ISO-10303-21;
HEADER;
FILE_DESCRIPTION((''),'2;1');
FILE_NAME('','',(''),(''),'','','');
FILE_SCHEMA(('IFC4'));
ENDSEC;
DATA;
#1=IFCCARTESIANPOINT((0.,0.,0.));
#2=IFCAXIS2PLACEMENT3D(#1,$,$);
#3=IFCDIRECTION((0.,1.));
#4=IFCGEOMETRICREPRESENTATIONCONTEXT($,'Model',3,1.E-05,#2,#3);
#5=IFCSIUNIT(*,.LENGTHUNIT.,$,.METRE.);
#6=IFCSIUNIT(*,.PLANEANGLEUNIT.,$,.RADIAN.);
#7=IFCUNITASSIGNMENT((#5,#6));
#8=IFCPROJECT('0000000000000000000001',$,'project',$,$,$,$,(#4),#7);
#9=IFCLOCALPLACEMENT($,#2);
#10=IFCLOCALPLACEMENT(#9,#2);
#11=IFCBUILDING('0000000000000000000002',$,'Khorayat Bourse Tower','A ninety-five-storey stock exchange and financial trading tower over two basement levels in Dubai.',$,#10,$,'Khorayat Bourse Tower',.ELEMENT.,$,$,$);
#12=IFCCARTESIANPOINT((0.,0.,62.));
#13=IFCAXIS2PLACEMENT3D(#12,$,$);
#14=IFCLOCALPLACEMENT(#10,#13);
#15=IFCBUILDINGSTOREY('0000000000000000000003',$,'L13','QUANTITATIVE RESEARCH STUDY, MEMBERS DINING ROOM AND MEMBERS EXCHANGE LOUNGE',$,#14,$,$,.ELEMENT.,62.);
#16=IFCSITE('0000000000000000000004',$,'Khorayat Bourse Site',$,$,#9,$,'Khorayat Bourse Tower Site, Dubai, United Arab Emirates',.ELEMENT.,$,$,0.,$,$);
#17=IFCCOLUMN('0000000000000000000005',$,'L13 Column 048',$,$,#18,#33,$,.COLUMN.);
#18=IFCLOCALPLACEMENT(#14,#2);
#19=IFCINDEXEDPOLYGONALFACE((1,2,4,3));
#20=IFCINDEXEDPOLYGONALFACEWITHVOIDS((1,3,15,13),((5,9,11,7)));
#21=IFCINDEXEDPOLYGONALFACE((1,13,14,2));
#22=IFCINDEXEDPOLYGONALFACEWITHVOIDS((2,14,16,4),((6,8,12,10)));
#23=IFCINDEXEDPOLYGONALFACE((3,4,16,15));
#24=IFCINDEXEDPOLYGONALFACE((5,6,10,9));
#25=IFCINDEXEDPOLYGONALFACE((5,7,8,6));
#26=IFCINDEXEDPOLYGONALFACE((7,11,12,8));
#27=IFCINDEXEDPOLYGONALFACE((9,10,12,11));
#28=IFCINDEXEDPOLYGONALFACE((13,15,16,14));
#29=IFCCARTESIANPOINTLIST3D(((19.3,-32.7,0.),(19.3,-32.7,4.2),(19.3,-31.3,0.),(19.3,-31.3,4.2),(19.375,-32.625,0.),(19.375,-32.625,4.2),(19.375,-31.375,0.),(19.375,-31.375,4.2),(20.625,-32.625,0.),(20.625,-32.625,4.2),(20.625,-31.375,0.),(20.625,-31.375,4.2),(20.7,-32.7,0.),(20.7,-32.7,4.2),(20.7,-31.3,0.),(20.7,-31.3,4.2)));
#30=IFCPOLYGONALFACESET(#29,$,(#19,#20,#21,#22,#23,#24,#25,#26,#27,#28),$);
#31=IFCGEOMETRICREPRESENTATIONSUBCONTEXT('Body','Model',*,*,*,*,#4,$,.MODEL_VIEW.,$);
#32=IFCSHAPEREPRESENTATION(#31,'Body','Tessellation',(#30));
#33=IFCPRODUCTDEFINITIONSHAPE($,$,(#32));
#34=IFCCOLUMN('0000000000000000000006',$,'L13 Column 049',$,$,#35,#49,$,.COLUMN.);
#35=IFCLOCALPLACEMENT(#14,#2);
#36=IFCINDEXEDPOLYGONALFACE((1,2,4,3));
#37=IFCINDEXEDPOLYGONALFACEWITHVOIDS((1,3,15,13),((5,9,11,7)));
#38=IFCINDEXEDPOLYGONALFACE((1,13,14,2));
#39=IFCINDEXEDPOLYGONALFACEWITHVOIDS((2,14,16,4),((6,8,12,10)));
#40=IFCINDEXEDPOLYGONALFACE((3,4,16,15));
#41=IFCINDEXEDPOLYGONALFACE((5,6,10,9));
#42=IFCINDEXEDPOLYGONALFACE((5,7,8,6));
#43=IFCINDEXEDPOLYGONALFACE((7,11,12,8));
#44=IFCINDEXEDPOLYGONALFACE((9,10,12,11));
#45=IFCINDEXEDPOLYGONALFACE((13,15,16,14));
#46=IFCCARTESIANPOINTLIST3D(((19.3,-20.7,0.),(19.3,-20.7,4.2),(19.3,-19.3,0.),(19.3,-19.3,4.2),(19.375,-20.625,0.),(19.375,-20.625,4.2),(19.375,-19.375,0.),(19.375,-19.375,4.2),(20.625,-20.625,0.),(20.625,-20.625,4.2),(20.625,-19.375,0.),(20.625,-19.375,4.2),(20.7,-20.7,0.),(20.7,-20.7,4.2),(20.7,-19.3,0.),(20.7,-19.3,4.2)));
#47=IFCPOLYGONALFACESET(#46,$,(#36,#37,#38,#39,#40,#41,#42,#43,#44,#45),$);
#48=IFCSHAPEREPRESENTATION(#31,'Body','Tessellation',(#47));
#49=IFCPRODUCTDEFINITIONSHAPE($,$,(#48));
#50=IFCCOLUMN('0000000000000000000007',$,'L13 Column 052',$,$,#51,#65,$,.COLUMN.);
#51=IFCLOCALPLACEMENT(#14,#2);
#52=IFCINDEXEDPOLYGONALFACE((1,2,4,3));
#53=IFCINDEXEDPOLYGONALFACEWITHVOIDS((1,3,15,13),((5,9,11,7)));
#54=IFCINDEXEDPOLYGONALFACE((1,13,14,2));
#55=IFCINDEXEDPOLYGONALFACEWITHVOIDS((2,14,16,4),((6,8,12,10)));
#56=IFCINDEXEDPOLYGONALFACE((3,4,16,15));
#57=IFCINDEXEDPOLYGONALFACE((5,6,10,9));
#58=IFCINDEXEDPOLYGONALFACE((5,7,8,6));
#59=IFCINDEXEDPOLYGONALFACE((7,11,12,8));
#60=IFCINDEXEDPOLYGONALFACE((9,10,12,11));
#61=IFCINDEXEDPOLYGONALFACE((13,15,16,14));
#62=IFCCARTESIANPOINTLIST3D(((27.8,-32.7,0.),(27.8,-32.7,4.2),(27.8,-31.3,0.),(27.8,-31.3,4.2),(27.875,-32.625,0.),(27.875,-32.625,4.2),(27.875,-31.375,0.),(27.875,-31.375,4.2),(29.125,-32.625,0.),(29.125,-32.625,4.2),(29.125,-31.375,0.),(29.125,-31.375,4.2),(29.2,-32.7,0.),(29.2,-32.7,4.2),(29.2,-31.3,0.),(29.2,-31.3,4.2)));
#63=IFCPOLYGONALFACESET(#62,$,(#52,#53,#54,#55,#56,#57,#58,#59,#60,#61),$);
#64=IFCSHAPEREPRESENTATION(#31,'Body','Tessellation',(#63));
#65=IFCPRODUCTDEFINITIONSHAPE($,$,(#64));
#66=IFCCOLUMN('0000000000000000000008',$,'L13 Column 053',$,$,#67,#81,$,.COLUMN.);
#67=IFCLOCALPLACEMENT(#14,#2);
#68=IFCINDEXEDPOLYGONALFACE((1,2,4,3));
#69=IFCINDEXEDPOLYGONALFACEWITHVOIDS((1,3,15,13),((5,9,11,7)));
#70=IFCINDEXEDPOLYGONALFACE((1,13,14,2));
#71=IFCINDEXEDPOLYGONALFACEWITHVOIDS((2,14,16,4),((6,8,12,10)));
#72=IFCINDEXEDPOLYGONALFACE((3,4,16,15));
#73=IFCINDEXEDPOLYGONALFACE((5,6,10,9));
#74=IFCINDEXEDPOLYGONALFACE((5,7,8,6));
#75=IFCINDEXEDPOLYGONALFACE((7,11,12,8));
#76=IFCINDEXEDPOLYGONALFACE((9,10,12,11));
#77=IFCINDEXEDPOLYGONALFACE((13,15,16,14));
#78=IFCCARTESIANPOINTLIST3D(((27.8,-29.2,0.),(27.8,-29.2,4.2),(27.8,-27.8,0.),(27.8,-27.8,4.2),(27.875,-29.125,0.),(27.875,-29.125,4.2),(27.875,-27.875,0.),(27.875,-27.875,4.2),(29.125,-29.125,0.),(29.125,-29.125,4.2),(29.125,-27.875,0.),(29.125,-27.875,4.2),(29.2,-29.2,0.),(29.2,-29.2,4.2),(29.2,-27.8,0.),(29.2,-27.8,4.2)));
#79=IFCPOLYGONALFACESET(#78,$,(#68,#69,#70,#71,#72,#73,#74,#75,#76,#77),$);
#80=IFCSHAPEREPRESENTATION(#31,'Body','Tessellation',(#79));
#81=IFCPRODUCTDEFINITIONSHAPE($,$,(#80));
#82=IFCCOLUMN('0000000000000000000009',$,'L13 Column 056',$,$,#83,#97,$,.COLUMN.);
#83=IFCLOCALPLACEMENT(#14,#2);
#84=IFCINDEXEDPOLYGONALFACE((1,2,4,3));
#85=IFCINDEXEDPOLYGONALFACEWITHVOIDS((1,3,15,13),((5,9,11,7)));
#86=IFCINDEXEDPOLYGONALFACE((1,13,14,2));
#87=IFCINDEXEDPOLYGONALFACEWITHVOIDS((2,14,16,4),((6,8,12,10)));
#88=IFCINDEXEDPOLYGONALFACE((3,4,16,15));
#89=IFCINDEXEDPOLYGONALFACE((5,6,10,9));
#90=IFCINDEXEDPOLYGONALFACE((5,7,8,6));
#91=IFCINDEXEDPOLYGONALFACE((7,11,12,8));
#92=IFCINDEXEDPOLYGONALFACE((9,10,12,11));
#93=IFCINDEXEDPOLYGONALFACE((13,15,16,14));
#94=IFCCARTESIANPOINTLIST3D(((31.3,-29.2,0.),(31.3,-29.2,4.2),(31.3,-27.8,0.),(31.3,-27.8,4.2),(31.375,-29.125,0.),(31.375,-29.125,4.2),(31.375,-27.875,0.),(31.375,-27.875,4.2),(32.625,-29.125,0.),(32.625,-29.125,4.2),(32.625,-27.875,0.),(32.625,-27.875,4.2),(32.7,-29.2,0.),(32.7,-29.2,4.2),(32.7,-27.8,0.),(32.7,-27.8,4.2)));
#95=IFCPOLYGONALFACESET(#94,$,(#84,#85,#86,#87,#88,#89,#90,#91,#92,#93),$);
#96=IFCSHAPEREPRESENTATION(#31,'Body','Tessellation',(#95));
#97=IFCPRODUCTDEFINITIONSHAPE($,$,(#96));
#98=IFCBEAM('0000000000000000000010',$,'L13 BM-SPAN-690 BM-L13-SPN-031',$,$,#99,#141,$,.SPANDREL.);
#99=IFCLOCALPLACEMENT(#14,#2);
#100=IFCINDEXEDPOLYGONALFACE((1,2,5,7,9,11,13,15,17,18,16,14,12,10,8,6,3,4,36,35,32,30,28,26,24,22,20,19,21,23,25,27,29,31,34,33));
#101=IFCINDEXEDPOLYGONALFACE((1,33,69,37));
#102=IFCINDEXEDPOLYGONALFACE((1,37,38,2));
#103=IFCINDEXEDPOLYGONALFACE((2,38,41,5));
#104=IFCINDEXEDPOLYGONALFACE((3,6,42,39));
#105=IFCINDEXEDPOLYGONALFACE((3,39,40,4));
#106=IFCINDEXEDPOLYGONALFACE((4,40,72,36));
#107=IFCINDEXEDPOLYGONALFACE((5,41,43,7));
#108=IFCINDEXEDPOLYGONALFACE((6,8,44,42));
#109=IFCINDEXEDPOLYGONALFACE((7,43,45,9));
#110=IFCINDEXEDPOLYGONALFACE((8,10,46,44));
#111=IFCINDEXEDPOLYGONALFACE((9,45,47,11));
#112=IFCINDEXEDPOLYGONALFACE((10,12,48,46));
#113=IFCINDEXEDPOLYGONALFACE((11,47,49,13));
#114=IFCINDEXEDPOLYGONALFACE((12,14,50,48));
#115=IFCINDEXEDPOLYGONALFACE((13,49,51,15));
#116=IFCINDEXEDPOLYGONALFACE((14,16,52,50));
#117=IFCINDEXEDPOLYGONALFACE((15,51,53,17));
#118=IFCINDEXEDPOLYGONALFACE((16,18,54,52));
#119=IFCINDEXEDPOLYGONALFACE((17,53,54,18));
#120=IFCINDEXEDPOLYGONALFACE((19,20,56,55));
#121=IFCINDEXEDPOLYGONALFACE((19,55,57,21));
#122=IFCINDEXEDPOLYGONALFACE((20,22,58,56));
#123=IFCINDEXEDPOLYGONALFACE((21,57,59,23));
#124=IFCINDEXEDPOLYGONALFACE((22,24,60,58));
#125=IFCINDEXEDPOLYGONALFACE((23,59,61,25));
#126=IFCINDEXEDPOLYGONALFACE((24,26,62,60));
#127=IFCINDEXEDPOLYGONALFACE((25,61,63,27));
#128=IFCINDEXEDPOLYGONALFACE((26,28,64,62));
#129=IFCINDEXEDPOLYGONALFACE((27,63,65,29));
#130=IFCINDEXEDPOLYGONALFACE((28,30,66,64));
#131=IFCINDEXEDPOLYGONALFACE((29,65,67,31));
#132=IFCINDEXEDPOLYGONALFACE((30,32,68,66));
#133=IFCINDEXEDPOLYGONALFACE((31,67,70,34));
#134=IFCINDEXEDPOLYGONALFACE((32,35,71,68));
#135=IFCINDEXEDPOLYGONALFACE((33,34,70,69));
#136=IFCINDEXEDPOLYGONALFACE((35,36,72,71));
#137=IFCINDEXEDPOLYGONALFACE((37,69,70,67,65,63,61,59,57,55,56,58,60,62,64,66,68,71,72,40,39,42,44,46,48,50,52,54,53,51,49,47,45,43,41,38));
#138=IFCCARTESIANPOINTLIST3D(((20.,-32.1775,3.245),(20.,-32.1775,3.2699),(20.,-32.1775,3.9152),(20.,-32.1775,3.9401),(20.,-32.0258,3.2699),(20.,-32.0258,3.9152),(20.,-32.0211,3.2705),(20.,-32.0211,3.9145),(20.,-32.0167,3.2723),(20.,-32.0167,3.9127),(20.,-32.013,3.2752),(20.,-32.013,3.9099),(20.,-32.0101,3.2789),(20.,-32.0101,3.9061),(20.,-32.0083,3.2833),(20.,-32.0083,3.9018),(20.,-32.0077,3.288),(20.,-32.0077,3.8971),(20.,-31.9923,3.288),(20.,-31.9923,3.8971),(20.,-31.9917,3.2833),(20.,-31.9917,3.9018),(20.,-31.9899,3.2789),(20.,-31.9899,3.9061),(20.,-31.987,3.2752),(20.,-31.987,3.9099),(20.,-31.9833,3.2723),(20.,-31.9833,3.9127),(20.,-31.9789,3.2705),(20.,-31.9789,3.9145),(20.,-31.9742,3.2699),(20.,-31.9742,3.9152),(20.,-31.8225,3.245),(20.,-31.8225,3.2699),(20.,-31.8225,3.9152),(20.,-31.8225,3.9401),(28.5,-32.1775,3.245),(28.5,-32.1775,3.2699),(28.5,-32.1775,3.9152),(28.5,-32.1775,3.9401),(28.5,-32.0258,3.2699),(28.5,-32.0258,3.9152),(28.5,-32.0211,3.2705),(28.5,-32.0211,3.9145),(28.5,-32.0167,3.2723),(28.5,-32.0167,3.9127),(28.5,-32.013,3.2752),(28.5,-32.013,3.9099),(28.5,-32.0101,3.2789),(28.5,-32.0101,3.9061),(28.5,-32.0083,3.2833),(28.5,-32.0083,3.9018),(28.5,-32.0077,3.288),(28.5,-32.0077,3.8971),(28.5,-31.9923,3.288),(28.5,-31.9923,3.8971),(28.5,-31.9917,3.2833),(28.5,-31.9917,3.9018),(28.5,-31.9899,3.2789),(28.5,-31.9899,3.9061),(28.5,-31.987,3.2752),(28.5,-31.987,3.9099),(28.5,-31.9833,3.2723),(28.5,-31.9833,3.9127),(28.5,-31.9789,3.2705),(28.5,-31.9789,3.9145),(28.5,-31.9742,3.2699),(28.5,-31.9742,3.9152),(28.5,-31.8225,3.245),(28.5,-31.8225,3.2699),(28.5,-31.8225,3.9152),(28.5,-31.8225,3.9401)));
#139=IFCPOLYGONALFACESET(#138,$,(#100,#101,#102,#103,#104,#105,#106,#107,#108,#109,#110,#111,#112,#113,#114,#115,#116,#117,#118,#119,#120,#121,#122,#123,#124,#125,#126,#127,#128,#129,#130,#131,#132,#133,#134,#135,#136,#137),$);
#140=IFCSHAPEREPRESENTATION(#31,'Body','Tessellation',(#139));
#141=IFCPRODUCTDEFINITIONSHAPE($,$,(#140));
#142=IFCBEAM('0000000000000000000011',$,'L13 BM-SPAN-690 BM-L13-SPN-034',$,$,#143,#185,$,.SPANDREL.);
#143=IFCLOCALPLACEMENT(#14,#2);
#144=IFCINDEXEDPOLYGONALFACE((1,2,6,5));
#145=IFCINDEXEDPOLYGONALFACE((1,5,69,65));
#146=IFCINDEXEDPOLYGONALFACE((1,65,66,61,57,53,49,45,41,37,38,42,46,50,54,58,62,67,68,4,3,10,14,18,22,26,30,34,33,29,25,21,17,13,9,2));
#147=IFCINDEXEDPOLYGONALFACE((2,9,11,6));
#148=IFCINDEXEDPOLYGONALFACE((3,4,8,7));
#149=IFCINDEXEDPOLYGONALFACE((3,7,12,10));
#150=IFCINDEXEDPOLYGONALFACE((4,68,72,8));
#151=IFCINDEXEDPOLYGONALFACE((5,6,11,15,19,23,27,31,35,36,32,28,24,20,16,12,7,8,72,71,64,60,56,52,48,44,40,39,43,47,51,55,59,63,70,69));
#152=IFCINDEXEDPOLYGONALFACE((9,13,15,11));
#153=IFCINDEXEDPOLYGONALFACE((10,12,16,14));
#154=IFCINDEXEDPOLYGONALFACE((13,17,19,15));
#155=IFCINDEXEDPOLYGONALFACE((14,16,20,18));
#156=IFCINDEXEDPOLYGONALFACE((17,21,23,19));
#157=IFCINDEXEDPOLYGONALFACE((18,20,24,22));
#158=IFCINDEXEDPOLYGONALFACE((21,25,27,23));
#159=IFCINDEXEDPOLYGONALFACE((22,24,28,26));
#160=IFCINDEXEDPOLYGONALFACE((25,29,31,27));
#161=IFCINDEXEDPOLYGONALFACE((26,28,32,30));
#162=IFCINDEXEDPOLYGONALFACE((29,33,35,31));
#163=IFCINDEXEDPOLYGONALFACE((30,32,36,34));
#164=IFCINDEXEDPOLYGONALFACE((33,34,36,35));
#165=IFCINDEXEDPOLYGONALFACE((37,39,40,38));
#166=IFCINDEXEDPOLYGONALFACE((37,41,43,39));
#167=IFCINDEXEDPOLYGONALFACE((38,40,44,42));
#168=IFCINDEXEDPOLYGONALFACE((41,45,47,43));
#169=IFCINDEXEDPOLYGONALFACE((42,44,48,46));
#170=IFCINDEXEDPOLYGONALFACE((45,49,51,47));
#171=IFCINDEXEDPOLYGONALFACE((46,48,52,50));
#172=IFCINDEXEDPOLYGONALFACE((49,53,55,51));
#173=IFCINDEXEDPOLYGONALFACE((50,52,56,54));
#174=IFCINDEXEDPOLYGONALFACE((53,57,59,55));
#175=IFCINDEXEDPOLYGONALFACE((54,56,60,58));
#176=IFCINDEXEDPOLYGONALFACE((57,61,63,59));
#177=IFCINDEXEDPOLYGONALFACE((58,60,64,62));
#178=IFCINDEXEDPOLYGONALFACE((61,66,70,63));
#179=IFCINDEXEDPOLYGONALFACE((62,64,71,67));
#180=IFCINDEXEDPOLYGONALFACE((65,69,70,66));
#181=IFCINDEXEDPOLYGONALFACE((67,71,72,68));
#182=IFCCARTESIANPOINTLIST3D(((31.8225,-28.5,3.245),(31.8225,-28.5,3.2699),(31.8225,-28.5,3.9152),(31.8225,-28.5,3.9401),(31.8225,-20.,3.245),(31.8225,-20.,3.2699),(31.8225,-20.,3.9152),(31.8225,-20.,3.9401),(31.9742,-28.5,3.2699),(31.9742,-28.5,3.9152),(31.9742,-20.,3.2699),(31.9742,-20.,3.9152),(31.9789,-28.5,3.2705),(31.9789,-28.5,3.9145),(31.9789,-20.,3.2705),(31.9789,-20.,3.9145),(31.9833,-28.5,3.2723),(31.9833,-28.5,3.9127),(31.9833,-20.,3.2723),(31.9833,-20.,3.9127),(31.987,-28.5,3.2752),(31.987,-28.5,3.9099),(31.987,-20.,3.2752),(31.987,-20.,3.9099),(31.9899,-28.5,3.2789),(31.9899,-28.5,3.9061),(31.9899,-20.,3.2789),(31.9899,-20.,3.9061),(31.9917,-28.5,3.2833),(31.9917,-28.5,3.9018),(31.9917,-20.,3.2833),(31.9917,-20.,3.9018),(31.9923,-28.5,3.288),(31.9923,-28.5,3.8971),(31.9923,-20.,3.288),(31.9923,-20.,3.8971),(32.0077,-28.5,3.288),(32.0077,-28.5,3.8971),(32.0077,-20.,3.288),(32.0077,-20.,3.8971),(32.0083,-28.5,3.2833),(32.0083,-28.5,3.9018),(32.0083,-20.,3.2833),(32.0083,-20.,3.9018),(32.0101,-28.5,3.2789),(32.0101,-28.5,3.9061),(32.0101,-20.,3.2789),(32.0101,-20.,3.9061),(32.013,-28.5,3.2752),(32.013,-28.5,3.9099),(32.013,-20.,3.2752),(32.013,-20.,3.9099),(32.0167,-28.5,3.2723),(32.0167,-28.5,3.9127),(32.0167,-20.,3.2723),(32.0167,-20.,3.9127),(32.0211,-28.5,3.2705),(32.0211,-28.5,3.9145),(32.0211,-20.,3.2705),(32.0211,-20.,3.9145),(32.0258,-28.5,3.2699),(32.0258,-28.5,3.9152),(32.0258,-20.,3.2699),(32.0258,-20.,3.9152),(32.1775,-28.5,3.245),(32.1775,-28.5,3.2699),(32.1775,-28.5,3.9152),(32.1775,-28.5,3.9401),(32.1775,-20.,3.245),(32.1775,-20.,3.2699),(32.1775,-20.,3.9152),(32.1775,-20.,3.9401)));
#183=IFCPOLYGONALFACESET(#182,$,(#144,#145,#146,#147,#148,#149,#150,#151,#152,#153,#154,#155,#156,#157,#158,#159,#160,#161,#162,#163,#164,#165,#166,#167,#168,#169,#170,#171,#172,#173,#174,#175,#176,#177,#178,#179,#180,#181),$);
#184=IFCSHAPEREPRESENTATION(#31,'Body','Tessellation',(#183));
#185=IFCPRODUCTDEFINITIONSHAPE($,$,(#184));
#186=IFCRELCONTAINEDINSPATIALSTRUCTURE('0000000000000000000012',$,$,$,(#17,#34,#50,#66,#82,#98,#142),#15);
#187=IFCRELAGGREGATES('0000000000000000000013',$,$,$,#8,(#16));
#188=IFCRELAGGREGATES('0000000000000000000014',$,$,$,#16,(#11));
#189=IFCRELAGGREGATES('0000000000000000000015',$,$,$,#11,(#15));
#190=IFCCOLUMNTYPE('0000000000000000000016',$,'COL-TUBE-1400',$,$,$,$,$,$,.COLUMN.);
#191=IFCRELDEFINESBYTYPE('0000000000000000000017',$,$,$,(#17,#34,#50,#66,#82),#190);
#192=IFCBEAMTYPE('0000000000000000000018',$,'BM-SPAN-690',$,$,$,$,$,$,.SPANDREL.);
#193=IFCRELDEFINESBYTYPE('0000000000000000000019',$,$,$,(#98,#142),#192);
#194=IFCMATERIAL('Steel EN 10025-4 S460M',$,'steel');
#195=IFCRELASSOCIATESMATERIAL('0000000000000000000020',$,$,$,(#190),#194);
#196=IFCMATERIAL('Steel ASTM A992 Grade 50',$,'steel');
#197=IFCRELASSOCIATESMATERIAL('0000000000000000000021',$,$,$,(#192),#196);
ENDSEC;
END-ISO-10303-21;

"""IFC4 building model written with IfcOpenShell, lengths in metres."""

from ifc_helpers import new_model, si_unit, direction, frame, origin, origin_2d, place, context, subcontext, project, spatial, hollow_rectangle, i_section, extrude, source, transform, mapped, material, material_profile, profile_set, type_object, element, save


model = new_model("IFC4")

# Units and contexts
model_context = context("Model", 3, precision=1e-05, world=origin(), true_north=direction((0.0, 1.0)))
body_context = subcontext(model_context, "Body", "Model", "MODEL_VIEW")
ifc_project = project(units=[si_unit("LENGTHUNIT", "METRE"), si_unit("PLANEANGLEUNIT", "RADIAN")], contexts=[model_context])

# Site, building, storey
site_placement = place(None, origin())
site = spatial("IfcSite", under=ifc_project, at=site_placement, Name="Khorayat Bourse Site", LongName="Khorayat Bourse Tower Site, Dubai, United Arab Emirates", CompositionType="ELEMENT", RefElevation=0.0)
building_placement = place(site_placement, origin())
building = spatial("IfcBuilding", under=site, at=building_placement, Name="Khorayat Bourse Tower", Description="A ninety-five-storey stock exchange and financial trading tower over two basement levels in Dubai.", LongName="Khorayat Bourse Tower", CompositionType="ELEMENT")
storey_placement = place(building_placement, frame((0.0, 0.0, 62.0)))
storey = spatial("IfcBuildingStorey", under=building, at=storey_placement, Name="L13", Description="QUANTITATIVE RESEARCH STUDY, MEMBERS DINING ROOM AND MEMBERS EXCHANGE LOUNGE", CompositionType="ELEMENT", Elevation=62.0)

# Columns
ifc_material_1 = material(Name="Steel EN 10025-4 S460M", Category="steel")
ifc_material_profile_1 = material_profile(ifc_material_1, hollow_rectangle(XDim=1.3999, YDim=1.3999, WallThickness=0.075, at=origin_2d()), Name="BOX 1400x1400x75")
ifc_profile_set_1 = profile_set([ifc_material_profile_1], Name="Steel EN 10025-4 S460M")
column_type = type_object("IfcColumnType", Name="COL-TUBE-1400", PredefinedType="COLUMN", material=ifc_profile_set_1)
shared_shape_1 = source(origin(), body_context, "Body", "SweptSolid", [
    extrude(hollow_rectangle(XDim=1.3999, YDim=1.3999, WallThickness=0.075, at=origin_2d()), origin(), (0.0, 0.0, 1.0), 4.2),
])
for number, where, z_axis, x_axis, name in (
    (1, (20.0, -32.0, 0.0), (0.0, 0.0, 1.0), (1.0, 0.0, 0.0), "L13 Column 048"),
    (2, (20.0, -20.0, 0.0), (0.0, 0.0, 1.0), (1.0, 0.0, 0.0), "L13 Column 049"),
    (3, (28.5, -32.0, 0.0), (0.0, 0.0, 1.0), (1.0, 0.0, 0.0), "L13 Column 052"),
    (4, (28.5, -28.5, 0.0), (0.0, 0.0, 1.0), (1.0, 0.0, 0.0), "L13 Column 053"),
    (5, (32.0, -28.5, 0.0), (0.0, 0.0, 1.0), (1.0, 0.0, 0.0), "L13 Column 056"),
):
    element("IfcColumn", number, at=place(storey_placement, frame(where, z_axis=z_axis, x_axis=x_axis)), inside=storey, type_object=column_type, Name=name, PredefinedType="COLUMN", context=body_context, shape_type="MappedRepresentation", body=[
        mapped(shared_shape_1, transform((0.0, 0.0, 0.0), scale=1.0)),
    ])

# Beams
ifc_material_2 = material(Name="Steel ASTM A992 Grade 50", Category="steel")
ifc_material_profile_2 = material_profile(ifc_material_2, i_section(OverallWidth=0.355, OverallDepth=0.6951, WebThickness=0.0154, FlangeThickness=0.0249, FilletRadius=0.0181, at=origin_2d()), Name="W690X217")
ifc_profile_set_2 = profile_set([ifc_material_profile_2], Name="Steel ASTM A992 Grade 50")
beam_type_1 = type_object("IfcBeamType", Name="BM-SPAN-690", PredefinedType="SPANDREL", material=ifc_profile_set_2)
shared_shape_2 = source(origin(), body_context, "Body", "SweptSolid", [
    extrude(i_section(OverallWidth=0.355, OverallDepth=0.6951, WebThickness=0.0154, FlangeThickness=0.0249, FilletRadius=0.0181, at=origin_2d()), origin(), (0.0, 0.0, 1.0), 8.5),
])
for number, where, z_axis, x_axis, name in (
    (6, (20.0, -32.0, 3.5925), (1.0, 0.0, 0.0), (0.0, 1.0, 0.0), "L13 BM-SPAN-690 BM-L13-SPN-031"),
    (7, (32.0, -28.5, 3.5925), (0.0, 1.0, 0.0), (-1.0, 0.0, 0.0), "L13 BM-SPAN-690 BM-L13-SPN-034"),
):
    element("IfcBeam", number, at=place(storey_placement, frame(where, z_axis=z_axis, x_axis=x_axis)), inside=storey, type_object=beam_type_1, Name=name, PredefinedType="SPANDREL", context=body_context, shape_type="MappedRepresentation", body=[
        mapped(shared_shape_2, transform((0.0, 0.0, 0.0), scale=1.0)),
    ])

save(model, "model.ifc")
